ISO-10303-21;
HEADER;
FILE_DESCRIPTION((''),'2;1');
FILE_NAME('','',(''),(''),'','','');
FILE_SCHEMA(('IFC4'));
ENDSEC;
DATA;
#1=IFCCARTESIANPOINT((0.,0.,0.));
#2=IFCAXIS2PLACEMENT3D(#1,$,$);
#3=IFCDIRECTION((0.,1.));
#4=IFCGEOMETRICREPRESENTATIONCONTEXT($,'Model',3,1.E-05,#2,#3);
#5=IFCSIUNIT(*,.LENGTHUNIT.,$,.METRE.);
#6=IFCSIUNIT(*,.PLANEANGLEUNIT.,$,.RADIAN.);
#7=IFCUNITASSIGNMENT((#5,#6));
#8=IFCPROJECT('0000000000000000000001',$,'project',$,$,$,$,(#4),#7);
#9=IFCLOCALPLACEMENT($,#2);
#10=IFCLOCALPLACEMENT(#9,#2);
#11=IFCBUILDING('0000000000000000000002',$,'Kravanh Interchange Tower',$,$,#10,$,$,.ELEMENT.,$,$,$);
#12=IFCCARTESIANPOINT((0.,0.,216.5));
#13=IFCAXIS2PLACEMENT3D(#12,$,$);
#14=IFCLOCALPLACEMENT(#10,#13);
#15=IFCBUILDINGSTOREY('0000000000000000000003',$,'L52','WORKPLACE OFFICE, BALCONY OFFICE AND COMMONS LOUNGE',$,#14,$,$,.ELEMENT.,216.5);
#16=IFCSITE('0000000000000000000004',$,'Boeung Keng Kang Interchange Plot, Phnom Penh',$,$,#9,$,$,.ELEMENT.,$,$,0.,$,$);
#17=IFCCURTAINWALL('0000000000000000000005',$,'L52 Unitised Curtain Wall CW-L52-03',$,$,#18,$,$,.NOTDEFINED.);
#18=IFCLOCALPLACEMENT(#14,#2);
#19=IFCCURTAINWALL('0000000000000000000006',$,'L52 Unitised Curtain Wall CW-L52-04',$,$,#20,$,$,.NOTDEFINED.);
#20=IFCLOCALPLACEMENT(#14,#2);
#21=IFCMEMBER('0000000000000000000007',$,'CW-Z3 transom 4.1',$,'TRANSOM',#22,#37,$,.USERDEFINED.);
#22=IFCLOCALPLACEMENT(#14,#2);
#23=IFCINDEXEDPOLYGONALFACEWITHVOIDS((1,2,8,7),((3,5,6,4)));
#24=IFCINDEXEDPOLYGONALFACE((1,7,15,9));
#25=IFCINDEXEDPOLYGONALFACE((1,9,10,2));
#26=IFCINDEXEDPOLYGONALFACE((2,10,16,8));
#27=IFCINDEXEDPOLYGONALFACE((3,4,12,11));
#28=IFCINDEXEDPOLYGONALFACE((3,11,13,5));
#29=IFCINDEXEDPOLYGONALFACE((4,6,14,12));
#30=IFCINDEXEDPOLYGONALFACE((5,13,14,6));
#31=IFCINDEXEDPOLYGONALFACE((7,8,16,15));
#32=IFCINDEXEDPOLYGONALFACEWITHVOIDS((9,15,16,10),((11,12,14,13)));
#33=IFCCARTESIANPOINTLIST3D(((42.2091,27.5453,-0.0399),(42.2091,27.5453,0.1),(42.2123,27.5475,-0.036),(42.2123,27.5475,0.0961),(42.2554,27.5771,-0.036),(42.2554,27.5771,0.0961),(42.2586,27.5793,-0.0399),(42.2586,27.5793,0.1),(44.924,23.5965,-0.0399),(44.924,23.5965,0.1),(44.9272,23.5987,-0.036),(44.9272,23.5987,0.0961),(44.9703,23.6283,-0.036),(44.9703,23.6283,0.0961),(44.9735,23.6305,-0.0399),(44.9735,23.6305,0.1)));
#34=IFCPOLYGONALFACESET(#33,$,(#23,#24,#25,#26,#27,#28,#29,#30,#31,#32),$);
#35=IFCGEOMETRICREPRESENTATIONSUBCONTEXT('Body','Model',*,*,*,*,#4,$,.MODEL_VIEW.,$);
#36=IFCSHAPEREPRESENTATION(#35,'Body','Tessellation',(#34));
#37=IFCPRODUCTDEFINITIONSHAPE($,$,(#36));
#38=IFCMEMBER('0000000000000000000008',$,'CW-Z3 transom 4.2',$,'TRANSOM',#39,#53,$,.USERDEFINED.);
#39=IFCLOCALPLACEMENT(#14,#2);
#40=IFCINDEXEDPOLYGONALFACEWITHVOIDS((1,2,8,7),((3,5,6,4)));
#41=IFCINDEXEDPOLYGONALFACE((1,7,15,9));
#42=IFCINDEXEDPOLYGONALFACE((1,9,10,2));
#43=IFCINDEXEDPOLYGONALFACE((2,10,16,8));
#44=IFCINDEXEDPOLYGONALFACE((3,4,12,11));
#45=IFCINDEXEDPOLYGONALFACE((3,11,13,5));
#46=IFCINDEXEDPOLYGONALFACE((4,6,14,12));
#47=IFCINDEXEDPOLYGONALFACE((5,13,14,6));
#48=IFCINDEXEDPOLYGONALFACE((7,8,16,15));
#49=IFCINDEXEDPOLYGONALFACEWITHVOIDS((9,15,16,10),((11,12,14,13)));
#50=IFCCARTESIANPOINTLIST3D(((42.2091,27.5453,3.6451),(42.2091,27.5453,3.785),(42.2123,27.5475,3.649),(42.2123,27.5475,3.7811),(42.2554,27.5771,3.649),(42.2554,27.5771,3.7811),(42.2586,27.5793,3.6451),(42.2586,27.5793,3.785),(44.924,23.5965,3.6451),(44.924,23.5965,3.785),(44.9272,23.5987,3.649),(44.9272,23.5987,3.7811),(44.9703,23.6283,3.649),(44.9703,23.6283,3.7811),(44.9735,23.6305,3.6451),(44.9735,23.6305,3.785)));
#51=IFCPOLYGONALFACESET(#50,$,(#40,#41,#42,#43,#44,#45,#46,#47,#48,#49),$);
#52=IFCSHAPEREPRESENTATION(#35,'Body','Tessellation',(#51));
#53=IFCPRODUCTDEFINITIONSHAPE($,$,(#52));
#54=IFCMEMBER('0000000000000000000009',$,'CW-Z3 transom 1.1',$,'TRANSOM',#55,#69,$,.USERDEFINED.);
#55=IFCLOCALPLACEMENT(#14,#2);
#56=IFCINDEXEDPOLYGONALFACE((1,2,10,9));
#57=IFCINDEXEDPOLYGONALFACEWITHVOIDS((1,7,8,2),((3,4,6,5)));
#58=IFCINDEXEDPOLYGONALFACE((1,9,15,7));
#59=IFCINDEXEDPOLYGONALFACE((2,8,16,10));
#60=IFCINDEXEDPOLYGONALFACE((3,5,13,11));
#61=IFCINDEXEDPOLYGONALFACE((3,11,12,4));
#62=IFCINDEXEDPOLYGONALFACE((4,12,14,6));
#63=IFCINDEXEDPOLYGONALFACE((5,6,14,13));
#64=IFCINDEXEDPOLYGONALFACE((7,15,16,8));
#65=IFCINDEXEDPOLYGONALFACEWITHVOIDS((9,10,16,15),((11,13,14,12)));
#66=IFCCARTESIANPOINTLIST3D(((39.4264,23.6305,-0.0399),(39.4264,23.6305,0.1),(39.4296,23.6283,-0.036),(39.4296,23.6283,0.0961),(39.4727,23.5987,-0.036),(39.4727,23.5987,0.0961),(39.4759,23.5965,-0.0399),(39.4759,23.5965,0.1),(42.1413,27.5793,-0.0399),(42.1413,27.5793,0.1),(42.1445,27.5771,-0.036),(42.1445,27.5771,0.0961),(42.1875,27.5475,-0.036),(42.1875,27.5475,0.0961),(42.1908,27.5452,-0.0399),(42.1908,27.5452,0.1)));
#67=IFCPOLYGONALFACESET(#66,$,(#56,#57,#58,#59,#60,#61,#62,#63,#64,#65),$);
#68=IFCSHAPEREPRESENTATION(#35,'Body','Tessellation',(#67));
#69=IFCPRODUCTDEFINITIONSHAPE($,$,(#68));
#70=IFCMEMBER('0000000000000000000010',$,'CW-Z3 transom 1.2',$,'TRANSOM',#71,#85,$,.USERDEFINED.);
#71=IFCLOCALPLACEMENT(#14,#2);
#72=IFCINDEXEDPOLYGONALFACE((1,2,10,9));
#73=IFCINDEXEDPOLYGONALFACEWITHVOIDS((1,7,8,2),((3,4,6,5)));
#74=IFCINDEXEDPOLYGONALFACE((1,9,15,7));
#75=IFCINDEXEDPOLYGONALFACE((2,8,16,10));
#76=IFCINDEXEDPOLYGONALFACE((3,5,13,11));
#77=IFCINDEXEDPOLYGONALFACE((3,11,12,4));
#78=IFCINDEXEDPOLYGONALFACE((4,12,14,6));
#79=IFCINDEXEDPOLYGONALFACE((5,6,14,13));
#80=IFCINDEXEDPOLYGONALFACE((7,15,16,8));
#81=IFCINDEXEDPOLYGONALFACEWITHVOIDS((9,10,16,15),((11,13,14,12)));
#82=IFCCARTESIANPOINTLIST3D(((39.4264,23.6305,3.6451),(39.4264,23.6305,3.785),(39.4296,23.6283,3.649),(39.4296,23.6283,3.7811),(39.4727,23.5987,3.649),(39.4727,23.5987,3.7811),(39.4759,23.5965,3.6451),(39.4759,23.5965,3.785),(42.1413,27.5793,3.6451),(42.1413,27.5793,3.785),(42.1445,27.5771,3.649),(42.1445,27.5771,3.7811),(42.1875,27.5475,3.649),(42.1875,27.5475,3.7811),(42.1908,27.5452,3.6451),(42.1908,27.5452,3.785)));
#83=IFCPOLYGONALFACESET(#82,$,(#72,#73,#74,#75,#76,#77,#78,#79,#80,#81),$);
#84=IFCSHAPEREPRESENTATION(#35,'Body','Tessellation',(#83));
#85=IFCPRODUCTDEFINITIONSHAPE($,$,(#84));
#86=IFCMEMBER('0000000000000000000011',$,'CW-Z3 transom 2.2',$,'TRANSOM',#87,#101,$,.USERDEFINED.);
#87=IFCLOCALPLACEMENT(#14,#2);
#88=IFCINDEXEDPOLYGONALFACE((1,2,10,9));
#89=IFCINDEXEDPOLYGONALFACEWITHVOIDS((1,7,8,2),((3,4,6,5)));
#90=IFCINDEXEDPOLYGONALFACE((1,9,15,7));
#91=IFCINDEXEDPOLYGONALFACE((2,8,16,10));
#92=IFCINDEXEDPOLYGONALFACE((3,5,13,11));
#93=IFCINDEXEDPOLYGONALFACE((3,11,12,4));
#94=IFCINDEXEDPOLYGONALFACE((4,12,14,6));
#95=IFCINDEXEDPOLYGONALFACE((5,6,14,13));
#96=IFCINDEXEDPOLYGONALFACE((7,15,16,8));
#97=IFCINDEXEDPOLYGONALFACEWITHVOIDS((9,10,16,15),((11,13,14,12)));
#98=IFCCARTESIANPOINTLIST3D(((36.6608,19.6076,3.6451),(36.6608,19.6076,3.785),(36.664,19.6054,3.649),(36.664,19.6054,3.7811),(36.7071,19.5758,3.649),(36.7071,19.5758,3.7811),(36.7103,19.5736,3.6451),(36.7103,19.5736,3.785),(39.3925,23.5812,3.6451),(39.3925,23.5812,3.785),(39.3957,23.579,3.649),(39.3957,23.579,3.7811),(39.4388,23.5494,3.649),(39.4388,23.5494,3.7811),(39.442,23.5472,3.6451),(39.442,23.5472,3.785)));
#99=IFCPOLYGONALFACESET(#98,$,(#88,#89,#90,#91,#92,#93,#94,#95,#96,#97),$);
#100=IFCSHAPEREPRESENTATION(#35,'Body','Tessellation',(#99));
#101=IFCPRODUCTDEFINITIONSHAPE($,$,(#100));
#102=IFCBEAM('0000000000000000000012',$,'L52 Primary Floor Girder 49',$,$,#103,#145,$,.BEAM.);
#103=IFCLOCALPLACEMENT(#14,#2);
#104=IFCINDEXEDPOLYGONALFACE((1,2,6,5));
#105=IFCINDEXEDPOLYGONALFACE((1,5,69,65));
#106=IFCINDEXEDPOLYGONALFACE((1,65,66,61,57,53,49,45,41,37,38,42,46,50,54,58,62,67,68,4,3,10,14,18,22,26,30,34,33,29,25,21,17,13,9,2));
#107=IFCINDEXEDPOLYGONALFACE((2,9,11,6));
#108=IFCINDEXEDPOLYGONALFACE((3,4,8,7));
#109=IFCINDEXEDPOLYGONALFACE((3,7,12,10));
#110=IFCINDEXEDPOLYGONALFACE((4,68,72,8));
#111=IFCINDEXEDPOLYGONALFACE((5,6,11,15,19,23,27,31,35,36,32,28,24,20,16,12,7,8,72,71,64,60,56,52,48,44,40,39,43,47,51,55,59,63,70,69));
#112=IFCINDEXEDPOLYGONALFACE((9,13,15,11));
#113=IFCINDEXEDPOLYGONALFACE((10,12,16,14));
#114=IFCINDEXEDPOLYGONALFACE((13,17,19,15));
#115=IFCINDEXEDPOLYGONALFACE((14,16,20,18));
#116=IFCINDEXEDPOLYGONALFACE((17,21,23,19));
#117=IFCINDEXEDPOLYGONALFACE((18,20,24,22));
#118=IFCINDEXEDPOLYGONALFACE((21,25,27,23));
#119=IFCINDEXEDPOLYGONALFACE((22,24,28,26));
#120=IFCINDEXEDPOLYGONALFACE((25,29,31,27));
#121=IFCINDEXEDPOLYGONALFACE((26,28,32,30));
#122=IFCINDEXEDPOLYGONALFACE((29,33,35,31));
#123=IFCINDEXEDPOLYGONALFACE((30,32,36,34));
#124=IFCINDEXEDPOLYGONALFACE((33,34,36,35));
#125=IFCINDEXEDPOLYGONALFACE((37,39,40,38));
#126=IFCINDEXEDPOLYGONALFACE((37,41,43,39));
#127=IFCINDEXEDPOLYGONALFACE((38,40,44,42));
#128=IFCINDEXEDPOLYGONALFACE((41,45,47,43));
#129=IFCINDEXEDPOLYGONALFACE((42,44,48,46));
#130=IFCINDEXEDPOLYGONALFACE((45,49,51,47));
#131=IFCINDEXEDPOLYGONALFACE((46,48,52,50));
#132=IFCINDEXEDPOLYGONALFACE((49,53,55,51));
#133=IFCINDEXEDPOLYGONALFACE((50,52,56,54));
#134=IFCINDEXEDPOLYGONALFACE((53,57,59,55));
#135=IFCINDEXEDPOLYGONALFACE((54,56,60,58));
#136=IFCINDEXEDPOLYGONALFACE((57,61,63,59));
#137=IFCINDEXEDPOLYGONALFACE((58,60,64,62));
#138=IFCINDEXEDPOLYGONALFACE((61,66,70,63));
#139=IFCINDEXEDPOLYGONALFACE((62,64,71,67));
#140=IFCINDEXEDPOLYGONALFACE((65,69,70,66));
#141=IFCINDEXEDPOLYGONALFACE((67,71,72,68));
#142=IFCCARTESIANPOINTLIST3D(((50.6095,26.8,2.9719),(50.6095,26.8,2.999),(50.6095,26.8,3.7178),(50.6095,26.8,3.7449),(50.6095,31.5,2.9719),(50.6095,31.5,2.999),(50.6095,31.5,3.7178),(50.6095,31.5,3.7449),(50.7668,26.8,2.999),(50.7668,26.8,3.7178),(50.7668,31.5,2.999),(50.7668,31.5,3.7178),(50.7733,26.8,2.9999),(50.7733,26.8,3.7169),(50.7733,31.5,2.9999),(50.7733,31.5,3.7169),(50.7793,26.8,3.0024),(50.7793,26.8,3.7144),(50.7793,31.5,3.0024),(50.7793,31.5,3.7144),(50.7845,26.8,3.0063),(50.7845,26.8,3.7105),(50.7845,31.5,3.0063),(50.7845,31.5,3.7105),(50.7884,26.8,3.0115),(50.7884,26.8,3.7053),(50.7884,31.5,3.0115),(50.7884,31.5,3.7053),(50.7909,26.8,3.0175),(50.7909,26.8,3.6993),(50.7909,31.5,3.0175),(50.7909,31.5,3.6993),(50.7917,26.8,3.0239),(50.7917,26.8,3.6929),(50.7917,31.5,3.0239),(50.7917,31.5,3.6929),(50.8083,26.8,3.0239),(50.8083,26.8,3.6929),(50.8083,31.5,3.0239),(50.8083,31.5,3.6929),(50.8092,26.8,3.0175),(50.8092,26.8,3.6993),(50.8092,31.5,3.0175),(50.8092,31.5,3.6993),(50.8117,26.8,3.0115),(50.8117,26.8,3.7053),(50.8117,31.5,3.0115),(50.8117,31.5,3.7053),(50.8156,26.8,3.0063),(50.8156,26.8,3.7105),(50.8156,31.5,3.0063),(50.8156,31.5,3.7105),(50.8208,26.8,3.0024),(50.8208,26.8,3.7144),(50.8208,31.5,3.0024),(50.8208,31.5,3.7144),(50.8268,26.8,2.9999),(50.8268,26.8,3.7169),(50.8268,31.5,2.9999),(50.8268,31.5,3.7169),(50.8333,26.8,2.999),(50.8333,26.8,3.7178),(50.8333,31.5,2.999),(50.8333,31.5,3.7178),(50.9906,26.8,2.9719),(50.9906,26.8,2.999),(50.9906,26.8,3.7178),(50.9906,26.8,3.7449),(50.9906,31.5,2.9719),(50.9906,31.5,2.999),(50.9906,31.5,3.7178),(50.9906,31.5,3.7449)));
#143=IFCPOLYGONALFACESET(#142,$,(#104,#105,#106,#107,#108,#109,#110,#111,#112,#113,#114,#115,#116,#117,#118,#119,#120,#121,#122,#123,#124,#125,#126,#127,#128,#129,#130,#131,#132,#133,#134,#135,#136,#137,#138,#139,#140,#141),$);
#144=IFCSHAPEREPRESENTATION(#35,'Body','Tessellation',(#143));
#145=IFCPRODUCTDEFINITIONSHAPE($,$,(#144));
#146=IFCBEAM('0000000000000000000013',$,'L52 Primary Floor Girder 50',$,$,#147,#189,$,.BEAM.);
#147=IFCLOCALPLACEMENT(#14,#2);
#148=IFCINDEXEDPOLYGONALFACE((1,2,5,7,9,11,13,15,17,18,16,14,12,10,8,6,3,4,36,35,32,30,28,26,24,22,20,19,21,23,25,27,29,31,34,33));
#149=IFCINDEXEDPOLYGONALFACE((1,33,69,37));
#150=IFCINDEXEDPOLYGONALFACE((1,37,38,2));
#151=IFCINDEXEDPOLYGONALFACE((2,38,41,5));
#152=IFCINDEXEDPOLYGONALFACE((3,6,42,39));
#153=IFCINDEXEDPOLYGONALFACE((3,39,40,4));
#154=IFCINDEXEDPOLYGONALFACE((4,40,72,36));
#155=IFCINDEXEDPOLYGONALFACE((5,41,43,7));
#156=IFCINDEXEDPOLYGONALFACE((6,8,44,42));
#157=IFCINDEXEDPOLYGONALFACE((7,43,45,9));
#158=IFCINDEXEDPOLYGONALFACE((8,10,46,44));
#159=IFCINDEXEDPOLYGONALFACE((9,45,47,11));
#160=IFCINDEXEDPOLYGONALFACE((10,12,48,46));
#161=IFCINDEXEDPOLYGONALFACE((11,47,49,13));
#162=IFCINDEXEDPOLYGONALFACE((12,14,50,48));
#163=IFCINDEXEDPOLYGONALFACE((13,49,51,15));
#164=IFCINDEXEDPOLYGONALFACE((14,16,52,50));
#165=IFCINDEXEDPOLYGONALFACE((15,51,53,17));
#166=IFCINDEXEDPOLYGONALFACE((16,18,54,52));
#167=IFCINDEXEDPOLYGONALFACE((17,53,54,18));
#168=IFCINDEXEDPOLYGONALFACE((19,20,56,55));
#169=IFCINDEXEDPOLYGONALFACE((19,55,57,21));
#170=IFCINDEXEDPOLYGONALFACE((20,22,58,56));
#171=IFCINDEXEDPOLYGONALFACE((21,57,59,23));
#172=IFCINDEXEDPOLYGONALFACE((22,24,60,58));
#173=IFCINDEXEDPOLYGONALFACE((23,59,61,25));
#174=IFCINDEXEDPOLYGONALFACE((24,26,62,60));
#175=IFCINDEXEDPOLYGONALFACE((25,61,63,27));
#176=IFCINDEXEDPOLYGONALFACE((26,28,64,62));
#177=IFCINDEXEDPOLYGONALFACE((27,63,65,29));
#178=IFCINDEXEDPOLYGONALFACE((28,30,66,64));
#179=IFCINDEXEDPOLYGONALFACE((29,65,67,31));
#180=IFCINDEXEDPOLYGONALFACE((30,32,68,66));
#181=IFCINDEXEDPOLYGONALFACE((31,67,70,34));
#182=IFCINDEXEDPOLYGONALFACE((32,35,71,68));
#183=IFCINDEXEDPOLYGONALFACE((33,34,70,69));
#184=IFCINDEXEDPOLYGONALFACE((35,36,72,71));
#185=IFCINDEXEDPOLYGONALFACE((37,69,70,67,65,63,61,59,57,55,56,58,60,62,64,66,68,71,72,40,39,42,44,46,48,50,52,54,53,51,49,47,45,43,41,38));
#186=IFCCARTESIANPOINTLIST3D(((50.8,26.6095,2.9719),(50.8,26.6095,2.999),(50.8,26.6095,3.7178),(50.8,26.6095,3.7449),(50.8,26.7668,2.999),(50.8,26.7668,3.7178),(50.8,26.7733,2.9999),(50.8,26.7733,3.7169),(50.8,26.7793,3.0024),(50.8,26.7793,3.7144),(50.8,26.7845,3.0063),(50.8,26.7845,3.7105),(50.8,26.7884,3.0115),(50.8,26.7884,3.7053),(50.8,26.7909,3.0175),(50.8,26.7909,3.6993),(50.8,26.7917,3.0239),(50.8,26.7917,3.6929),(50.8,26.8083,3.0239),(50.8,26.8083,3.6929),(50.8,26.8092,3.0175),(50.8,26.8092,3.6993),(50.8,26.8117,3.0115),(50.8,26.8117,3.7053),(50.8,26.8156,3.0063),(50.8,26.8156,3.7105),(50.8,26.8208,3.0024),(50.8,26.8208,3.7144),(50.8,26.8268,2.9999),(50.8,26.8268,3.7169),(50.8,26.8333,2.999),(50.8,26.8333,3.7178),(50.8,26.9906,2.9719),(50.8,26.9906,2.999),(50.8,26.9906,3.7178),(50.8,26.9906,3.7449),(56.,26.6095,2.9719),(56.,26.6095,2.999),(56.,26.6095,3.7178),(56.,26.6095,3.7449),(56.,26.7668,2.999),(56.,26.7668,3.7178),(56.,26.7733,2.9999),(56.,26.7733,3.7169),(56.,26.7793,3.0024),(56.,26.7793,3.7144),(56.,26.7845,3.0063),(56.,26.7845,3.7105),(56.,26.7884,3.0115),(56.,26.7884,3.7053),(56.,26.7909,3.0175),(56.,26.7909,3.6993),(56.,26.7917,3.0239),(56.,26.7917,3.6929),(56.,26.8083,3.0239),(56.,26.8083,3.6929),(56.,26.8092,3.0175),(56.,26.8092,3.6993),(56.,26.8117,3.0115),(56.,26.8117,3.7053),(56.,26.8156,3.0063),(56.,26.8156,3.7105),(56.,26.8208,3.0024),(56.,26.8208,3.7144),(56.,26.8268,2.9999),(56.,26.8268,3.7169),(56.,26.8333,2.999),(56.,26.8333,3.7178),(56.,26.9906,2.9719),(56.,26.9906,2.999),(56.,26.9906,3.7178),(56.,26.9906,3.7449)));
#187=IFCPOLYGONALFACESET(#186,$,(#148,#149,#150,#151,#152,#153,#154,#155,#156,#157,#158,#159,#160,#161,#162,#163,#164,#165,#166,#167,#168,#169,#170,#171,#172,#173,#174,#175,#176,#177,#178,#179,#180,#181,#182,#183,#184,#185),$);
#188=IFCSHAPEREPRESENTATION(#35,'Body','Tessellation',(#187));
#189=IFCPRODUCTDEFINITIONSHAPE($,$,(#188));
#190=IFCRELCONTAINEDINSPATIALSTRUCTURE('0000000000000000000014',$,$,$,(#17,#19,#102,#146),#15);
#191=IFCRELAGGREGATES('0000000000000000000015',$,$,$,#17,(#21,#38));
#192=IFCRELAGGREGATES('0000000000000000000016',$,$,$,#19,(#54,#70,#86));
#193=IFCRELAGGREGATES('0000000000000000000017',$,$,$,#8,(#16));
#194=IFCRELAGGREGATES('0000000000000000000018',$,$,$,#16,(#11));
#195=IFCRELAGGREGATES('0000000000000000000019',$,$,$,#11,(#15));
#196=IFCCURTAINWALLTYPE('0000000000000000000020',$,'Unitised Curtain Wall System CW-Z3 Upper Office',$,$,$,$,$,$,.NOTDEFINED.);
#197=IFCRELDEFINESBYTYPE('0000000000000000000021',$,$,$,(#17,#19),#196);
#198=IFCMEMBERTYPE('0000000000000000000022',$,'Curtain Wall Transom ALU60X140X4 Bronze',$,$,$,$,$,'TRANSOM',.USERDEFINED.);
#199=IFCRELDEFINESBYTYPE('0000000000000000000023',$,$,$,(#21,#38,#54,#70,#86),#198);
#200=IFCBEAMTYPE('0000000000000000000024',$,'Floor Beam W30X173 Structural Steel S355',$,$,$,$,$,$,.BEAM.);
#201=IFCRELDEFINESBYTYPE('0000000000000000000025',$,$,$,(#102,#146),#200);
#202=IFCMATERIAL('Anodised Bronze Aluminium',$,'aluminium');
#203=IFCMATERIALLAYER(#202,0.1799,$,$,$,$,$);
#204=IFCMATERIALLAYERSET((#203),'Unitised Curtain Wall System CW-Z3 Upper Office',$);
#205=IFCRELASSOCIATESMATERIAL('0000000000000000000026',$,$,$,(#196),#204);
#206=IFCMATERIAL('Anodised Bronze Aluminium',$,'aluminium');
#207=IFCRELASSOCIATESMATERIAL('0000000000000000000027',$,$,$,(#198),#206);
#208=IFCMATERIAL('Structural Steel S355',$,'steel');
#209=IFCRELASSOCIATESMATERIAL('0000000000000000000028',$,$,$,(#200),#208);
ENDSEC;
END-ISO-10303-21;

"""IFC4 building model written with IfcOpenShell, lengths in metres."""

from ifc_helpers import new_model, si_unit, direction, frame, origin, origin_2d, place, context, subcontext, project, spatial, hollow_rectangle, i_section, extrude, material, layer, layer_set, material_profile, profile_set, type_object, element, aggregate, save


model = new_model("IFC4")

# Units and contexts
model_context = context("Model", 3, precision=1e-05, world=origin(), true_north=direction((0.0, 1.0)))
body_context = subcontext(model_context, "Body", "Model", "MODEL_VIEW")
ifc_project = project(units=[si_unit("LENGTHUNIT", "METRE"), si_unit("PLANEANGLEUNIT", "RADIAN")], contexts=[model_context])

# Site, building, storey
site_placement = place(None, origin())
site = spatial("IfcSite", under=ifc_project, at=site_placement, Name="Boeung Keng Kang Interchange Plot, Phnom Penh", CompositionType="ELEMENT", RefElevation=0.0)
building_placement = place(site_placement, origin())
building = spatial("IfcBuilding", under=site, at=building_placement, Name="Kravanh Interchange Tower", CompositionType="ELEMENT")
storey_placement = place(building_placement, frame((0.0, 0.0, 216.5)))
storey = spatial("IfcBuildingStorey", under=building, at=storey_placement, Name="L52", Description="WORKPLACE OFFICE, BALCONY OFFICE AND COMMONS LOUNGE", CompositionType="ELEMENT", Elevation=216.5)

# Shared definitions
ifc_material_1 = material(Name="Anodised Bronze Aluminium", Category="aluminium")
ifc_layer_1 = layer(ifc_material_1, 0.1799)
ifc_layer_set_1 = layer_set([ifc_layer_1], Name="Unitised Curtain Wall System CW-Z3 Upper Office")
curtain_wall_type = type_object("IfcCurtainWallType", Name="Unitised Curtain Wall System CW-Z3 Upper Office", PredefinedType="NOTDEFINED", material=ifc_layer_set_1)

# Curtain walls
curtain_wall_1_placement = place(storey_placement, origin())
curtain_wall_1 = element("IfcCurtainWall", 1, at=curtain_wall_1_placement, inside=storey, type_object=curtain_wall_type, Name="L52 Unitised Curtain Wall CW-L52-03", PredefinedType="NOTDEFINED")
curtain_wall_2_placement = place(storey_placement, origin())
curtain_wall_2 = element("IfcCurtainWall", 2, at=curtain_wall_2_placement, inside=storey, type_object=curtain_wall_type, Name="L52 Unitised Curtain Wall CW-L52-04", PredefinedType="NOTDEFINED")

# Members
ifc_material_2 = material(Name="Anodised Bronze Aluminium", Category="aluminium")
ifc_material_profile_1 = material_profile(ifc_material_2, hollow_rectangle(XDim=0.0601, YDim=0.1399, WallThickness=0.0039, at=origin_2d()), Name="ALU60X140X4")
ifc_profile_set_1 = profile_set([ifc_material_profile_1], Name="Anodised Bronze Aluminium")
member_type_1 = type_object("IfcMemberType", Name="Curtain Wall Transom ALU60X140X4 Bronze", ElementType="TRANSOM", PredefinedType="USERDEFINED", material=ifc_profile_set_1)
member_1_placement = place(storey_placement, frame((44.9487, 23.6135, 0.03), z_axis=(-0.566542, 0.824033, 0.0), x_axis=(-0.824033, -0.566542, 0.0)))
member_1 = element("IfcMember", 3, at=member_1_placement, type_object=member_type_1, Name="CW-Z3 transom 4.1", ObjectType="TRANSOM", PredefinedType="USERDEFINED", context=body_context, shape_type="SweptSolid", body=[
    extrude(hollow_rectangle(XDim=0.0601, YDim=0.1399, WallThickness=0.0039, at=origin_2d()), origin(), (0.0, 0.0, 1.0), 4.792),
])
member_2_placement = place(storey_placement, frame((44.9487, 23.6135, 3.7151), z_axis=(-0.566542, 0.824033, 0.0), x_axis=(-0.824033, -0.566542, 0.0)))
member_2 = element("IfcMember", 4, at=member_2_placement, type_object=member_type_1, Name="CW-Z3 transom 4.2", ObjectType="TRANSOM", PredefinedType="USERDEFINED", context=body_context, shape_type="SweptSolid", body=[
    extrude(hollow_rectangle(XDim=0.0601, YDim=0.1399, WallThickness=0.0039, at=origin_2d()), origin(), (0.0, 0.0, 1.0), 4.792),
])
member_3_placement = place(storey_placement, frame((42.166, 27.5623, 0.03), z_axis=(-0.566542, -0.824033, 0.0), x_axis=(0.824033, -0.566542, 0.0)))
member_3 = element("IfcMember", 5, at=member_3_placement, type_object=member_type_1, Name="CW-Z3 transom 1.1", ObjectType="TRANSOM", PredefinedType="USERDEFINED", context=body_context, shape_type="SweptSolid", body=[
    extrude(hollow_rectangle(XDim=0.0601, YDim=0.1399, WallThickness=0.0039, at=origin_2d()), origin(), (0.0, 0.0, 1.0), 4.792),
])
member_4_placement = place(storey_placement, frame((42.166, 27.5623, 3.7151), z_axis=(-0.566542, -0.824033, 0.0), x_axis=(0.824033, -0.566542, 0.0)))
member_4 = element("IfcMember", 6, at=member_4_placement, type_object=member_type_1, Name="CW-Z3 transom 1.2", ObjectType="TRANSOM", PredefinedType="USERDEFINED", context=body_context, shape_type="SweptSolid", body=[
    extrude(hollow_rectangle(XDim=0.0601, YDim=0.1399, WallThickness=0.0039, at=origin_2d()), origin(), (0.0, 0.0, 1.0), 4.792),
])
member_5_placement = place(storey_placement, frame((39.4172, 23.5642, 3.7151), z_axis=(-0.566503, -0.82406, 0.0), x_axis=(0.82406, -0.566503, 0.0)))
member_5 = element("IfcMember", 7, at=member_5_placement, type_object=member_type_1, Name="CW-Z3 transom 2.2", ObjectType="TRANSOM", PredefinedType="USERDEFINED", context=body_context, shape_type="SweptSolid", body=[
    extrude(hollow_rectangle(XDim=0.0601, YDim=0.1399, WallThickness=0.0039, at=origin_2d()), origin(), (0.0, 0.0, 1.0), 4.822),
])

# Beams
ifc_material_3 = material(Name="Structural Steel S355", Category="steel")
ifc_material_profile_2 = material_profile(ifc_material_3, i_section(OverallWidth=0.3811, OverallDepth=0.7729, WebThickness=0.0166, FlangeThickness=0.0271, FilletRadius=0.0249, at=origin_2d()), Name="W30X173")
ifc_profile_set_2 = profile_set([ifc_material_profile_2], Name="Structural Steel S355")
beam_type_1 = type_object("IfcBeamType", Name="Floor Beam W30X173 Structural Steel S355", PredefinedType="BEAM", material=ifc_profile_set_2)
beam_1_placement = place(storey_placement, frame((50.8, 26.8, 3.3584), z_axis=(0.0, 1.0, 0.0), x_axis=(-1.0, 0.0, 0.0)))
element("IfcBeam", 8, at=beam_1_placement, inside=storey, type_object=beam_type_1, Name="L52 Primary Floor Girder 49", PredefinedType="BEAM", context=body_context, shape_type="SweptSolid", body=[
    extrude(i_section(OverallWidth=0.3811, OverallDepth=0.7729, WebThickness=0.0166, FlangeThickness=0.0271, FilletRadius=0.0249, at=origin_2d()), origin(), (0.0, 0.0, 1.0), 4.7),
])
beam_2_placement = place(storey_placement, frame((50.8, 26.8, 3.3584), z_axis=(1.0, 0.0, 0.0), x_axis=(0.0, 1.0, 0.0)))
element("IfcBeam", 9, at=beam_2_placement, inside=storey, type_object=beam_type_1, Name="L52 Primary Floor Girder 50", PredefinedType="BEAM", context=body_context, shape_type="SweptSolid", body=[
    extrude(i_section(OverallWidth=0.3811, OverallDepth=0.7729, WebThickness=0.0166, FlangeThickness=0.0271, FilletRadius=0.0249, at=origin_2d()), origin(), (0.0, 0.0, 1.0), 5.2),
])

aggregate(curtain_wall_1, [member_1, member_2])
aggregate(curtain_wall_2, [member_3, member_4, member_5])

save(model, "model.ifc")
